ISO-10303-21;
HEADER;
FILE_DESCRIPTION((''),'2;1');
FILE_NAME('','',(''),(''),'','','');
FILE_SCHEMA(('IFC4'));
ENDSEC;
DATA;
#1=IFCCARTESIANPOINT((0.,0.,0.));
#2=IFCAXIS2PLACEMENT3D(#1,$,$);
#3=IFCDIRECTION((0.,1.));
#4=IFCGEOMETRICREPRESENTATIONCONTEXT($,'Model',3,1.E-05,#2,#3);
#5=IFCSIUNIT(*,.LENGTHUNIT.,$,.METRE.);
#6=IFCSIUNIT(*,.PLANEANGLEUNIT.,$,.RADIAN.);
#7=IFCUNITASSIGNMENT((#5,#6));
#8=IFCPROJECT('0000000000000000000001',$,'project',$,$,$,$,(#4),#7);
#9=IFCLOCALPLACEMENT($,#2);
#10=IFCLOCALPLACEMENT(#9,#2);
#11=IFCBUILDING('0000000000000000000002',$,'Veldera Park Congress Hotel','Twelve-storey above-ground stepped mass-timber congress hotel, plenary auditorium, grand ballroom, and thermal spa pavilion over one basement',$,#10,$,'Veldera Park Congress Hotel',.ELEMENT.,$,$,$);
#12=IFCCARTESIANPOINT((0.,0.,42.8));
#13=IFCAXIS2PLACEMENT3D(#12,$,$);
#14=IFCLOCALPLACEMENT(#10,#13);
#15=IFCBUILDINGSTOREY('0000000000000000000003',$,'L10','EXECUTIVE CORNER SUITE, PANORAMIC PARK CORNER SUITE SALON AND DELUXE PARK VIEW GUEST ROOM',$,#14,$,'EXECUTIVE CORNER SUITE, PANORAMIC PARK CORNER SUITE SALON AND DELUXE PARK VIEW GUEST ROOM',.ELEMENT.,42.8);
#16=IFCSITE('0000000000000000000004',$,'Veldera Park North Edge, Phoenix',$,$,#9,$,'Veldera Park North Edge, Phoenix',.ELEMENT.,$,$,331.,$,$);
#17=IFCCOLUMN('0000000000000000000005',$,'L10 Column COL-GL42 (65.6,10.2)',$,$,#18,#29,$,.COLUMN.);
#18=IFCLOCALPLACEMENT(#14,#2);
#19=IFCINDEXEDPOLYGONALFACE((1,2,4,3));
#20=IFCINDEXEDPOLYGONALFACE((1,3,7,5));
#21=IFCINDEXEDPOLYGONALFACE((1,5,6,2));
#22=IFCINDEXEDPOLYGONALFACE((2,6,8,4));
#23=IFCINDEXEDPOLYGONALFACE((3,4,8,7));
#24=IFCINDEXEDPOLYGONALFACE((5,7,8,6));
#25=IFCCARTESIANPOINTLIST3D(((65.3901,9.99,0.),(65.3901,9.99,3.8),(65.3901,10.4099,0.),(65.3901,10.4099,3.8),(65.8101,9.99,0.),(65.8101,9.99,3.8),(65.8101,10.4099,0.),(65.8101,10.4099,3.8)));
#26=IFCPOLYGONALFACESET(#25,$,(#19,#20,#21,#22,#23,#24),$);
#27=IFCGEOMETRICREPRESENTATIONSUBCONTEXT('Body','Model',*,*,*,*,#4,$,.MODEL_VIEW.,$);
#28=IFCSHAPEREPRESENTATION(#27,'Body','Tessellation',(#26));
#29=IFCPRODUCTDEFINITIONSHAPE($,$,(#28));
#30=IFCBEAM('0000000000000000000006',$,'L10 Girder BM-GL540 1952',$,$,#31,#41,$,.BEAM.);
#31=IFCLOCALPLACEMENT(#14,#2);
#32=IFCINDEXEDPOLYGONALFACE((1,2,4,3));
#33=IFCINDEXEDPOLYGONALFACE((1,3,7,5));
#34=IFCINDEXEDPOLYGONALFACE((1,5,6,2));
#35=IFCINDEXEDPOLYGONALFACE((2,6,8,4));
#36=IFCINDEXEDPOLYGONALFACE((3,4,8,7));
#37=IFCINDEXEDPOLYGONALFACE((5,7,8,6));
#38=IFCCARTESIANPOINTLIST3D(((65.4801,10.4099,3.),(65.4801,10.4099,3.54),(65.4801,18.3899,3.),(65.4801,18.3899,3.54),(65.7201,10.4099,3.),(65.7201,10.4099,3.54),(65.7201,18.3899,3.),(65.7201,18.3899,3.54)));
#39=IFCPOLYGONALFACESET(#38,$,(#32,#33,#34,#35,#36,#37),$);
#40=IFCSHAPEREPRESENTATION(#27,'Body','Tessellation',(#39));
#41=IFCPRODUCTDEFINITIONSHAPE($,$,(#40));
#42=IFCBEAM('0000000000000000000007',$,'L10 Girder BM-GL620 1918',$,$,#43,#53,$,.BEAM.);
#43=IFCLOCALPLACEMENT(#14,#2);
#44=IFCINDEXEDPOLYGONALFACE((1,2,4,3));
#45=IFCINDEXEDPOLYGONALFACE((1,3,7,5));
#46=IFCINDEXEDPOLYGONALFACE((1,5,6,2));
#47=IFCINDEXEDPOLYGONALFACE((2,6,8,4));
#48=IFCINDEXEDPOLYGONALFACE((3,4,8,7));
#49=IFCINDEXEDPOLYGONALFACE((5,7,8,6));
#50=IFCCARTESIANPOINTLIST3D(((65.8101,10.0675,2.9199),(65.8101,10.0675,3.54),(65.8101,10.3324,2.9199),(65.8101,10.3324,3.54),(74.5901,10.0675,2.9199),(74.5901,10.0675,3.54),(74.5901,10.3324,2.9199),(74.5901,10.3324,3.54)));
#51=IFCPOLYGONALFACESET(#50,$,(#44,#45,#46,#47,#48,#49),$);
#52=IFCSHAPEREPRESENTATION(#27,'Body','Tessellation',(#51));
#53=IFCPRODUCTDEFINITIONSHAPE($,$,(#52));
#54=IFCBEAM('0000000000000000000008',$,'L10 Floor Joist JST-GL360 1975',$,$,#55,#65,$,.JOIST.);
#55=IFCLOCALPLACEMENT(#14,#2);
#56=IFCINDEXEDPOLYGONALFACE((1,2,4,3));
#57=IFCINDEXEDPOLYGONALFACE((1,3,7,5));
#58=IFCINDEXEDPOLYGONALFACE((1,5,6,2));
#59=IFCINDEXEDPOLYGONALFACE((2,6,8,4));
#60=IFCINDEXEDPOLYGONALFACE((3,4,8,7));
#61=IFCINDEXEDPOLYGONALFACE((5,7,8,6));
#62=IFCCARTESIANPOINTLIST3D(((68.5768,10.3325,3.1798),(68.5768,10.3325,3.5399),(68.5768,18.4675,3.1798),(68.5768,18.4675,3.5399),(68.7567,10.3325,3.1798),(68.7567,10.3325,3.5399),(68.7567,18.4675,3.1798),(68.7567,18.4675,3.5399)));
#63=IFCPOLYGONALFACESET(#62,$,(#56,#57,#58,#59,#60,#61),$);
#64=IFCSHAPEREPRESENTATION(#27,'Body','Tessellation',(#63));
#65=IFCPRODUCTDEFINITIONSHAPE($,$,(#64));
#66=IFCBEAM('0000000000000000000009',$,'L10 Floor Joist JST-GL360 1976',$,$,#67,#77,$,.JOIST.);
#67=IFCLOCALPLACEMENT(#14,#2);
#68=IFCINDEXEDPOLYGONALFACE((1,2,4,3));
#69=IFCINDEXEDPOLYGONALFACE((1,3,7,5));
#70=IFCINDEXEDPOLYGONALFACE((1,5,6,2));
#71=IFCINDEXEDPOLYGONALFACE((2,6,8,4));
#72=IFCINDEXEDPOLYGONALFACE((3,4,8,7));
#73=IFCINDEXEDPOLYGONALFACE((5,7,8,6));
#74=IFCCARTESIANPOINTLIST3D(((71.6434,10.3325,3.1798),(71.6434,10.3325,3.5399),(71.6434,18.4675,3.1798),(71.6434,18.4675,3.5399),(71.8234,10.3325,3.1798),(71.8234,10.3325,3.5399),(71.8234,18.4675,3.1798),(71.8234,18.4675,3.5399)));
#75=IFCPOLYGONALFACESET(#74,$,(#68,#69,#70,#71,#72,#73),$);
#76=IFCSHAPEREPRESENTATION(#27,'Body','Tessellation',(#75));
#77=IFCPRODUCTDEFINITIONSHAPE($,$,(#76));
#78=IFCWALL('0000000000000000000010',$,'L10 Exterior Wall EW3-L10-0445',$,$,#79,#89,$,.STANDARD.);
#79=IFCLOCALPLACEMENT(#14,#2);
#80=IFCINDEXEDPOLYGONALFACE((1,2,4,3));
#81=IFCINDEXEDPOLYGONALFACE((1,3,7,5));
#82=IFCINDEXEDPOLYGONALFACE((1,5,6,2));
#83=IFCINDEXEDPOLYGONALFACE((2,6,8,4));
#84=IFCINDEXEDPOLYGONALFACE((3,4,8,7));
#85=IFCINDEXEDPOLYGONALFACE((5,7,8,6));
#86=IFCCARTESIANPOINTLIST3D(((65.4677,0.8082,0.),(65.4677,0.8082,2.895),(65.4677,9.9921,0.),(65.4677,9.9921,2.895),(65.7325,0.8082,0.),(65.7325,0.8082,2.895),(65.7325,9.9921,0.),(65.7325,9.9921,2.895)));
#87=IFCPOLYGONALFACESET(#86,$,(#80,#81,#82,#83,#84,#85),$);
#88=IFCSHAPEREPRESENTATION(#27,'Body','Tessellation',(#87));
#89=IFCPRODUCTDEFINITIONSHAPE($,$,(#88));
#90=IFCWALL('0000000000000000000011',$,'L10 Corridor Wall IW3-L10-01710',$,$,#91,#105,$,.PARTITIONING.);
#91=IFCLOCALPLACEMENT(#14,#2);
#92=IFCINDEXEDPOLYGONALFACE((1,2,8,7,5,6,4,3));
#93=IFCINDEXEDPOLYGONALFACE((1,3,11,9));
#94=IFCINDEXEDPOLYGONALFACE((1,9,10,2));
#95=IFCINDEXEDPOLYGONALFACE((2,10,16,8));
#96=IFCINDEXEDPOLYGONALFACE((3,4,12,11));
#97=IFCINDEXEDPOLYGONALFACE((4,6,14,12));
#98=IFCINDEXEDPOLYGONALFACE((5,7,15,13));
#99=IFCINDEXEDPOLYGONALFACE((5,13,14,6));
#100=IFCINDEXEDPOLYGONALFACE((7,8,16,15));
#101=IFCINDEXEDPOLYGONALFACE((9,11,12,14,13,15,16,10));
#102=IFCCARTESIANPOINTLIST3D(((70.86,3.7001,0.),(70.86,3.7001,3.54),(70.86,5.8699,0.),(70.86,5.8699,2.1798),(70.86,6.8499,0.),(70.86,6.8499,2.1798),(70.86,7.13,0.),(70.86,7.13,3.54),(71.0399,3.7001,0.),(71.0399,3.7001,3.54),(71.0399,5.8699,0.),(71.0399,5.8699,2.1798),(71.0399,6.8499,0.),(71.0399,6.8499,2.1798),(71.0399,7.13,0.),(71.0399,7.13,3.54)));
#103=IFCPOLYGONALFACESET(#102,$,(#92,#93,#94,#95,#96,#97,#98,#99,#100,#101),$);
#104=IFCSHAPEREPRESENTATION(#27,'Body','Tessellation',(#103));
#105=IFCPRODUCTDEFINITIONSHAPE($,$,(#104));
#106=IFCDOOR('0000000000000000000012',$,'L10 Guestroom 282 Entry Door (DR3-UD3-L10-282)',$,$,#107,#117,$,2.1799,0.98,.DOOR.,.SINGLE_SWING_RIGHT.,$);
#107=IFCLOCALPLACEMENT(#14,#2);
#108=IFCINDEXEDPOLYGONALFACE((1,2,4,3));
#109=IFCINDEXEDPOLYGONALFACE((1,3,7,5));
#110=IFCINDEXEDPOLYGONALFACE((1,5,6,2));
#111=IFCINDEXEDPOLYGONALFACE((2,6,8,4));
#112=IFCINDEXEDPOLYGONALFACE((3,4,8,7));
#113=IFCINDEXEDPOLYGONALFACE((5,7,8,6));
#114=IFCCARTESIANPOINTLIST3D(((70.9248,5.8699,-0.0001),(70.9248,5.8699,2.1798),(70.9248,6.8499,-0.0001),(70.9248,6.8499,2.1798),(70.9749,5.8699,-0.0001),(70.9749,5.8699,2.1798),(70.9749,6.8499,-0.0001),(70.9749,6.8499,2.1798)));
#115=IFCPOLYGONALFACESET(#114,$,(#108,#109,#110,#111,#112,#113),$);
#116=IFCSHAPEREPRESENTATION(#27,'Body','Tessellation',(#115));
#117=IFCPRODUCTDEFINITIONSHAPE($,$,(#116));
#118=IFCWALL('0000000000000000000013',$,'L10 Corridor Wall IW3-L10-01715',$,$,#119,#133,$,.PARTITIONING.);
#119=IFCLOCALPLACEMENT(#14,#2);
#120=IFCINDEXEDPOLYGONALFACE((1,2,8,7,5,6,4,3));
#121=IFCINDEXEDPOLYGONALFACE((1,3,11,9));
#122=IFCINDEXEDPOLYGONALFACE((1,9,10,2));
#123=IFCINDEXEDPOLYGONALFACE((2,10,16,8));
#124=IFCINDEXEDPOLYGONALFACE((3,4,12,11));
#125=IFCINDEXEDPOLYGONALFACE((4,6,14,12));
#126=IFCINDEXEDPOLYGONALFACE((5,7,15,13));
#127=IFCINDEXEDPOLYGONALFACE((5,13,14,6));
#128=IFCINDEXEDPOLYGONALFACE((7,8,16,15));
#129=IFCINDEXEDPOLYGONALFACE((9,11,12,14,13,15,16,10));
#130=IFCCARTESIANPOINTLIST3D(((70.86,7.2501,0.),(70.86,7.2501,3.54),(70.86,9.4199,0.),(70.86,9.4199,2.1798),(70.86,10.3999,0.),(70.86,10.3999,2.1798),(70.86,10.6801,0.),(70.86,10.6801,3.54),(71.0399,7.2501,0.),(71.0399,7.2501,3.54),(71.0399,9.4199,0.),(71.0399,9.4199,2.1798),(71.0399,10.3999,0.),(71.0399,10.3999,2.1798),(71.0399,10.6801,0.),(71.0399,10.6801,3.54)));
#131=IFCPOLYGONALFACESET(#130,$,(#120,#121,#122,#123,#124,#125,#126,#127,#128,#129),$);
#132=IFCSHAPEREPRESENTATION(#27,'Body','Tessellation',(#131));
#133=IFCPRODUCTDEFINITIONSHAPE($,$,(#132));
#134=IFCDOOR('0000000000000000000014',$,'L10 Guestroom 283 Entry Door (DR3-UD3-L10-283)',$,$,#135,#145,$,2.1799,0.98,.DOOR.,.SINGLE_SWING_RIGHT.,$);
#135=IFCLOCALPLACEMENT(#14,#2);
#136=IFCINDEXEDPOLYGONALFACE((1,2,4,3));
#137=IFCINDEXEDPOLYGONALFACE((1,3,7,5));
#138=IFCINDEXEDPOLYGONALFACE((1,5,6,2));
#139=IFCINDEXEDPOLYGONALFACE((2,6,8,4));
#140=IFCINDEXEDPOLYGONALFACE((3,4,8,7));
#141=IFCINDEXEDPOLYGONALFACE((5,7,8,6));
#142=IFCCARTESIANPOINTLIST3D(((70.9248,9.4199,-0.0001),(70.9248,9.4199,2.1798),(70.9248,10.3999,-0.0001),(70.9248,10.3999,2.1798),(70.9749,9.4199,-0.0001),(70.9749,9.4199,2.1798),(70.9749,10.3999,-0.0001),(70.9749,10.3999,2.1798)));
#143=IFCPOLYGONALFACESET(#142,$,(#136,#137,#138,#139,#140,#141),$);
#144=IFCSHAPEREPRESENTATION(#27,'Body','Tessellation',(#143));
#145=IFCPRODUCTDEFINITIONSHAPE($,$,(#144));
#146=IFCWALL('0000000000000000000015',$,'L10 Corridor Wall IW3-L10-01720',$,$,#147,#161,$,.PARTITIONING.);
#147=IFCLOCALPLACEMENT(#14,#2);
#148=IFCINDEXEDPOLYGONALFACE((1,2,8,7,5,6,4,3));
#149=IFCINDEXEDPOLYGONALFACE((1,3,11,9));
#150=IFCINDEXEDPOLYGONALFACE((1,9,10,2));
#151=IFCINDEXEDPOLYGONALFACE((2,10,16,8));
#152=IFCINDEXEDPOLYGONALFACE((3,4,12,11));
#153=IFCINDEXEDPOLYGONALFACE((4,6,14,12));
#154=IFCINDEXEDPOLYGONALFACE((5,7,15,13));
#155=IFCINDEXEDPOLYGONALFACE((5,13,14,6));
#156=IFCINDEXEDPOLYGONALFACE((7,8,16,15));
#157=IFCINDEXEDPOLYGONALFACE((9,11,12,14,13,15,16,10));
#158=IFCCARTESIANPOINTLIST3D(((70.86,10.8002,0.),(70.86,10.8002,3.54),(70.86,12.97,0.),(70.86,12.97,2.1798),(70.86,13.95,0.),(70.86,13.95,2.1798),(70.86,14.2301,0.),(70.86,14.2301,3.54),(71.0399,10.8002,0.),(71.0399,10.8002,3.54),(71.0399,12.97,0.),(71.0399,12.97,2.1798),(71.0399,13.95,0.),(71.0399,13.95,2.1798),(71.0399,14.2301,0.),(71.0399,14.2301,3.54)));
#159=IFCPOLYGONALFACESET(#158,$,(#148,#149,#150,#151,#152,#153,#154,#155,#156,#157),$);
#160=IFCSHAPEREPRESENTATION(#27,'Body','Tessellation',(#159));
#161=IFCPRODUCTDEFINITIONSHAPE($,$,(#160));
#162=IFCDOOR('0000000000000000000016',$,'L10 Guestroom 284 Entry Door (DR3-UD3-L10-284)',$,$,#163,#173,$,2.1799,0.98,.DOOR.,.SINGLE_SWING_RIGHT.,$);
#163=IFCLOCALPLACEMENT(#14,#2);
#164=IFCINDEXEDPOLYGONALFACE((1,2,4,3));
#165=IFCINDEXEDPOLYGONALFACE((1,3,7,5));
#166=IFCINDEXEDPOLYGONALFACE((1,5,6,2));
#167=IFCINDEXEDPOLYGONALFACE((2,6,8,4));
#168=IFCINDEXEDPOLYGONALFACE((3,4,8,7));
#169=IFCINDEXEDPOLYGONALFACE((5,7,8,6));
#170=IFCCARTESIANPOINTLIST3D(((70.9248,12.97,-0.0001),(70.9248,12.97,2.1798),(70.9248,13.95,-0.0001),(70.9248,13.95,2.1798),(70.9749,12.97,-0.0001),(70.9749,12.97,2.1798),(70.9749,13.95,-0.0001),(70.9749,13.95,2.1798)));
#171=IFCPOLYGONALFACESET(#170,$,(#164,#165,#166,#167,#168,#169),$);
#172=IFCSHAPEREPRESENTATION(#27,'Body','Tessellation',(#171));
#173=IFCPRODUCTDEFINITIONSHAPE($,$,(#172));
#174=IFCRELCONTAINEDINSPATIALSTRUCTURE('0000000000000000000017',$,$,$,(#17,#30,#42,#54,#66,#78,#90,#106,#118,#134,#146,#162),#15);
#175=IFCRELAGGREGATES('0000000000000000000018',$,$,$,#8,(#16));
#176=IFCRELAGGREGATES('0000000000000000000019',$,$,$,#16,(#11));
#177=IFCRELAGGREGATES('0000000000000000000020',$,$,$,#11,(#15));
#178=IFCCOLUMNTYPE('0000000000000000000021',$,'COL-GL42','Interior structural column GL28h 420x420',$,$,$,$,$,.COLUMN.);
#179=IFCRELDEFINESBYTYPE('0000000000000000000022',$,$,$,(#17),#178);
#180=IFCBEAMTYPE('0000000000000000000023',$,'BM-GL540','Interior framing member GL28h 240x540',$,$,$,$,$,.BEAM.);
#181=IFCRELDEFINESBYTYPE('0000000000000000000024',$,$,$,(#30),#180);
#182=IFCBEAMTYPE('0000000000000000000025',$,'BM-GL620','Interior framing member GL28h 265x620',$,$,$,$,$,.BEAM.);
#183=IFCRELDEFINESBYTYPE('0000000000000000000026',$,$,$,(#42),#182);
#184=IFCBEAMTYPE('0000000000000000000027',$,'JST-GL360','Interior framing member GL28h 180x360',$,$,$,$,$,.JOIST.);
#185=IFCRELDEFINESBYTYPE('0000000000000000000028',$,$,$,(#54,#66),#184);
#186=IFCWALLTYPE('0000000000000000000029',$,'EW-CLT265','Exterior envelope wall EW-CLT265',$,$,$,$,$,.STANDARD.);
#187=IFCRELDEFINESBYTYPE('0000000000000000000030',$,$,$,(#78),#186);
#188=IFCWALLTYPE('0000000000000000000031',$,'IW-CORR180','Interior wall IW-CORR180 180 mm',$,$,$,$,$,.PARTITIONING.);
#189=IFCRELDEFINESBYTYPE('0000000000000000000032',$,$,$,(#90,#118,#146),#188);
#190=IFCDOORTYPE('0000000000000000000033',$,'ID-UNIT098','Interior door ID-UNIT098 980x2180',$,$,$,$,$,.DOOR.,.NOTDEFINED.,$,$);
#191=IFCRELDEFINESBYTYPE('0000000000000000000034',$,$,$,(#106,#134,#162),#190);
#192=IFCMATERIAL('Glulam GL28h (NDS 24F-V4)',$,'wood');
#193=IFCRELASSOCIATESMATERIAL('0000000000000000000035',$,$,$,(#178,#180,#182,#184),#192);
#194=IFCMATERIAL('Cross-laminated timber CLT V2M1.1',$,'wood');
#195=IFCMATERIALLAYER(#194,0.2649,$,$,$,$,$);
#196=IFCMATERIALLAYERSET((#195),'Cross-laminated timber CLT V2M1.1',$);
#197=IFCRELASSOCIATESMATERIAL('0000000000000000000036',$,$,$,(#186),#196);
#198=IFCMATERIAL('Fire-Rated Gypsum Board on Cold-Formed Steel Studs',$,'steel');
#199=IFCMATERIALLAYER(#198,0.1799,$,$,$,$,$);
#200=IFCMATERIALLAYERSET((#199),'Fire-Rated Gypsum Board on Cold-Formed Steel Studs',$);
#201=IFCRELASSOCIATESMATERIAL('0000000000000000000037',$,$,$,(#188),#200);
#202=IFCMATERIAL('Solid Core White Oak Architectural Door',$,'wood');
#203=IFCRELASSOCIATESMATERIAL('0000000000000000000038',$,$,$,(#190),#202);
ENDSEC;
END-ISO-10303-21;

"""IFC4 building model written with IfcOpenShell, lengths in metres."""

from ifc_helpers import new_model, si_unit, direction, frame, frame_2d, origin, origin_2d, place, context, subcontext, project, spatial, rectangle, extrude, material, layer, layer_set, material_profile, profile_set, type_object, element, fill, save


model = new_model("IFC4")

# Units and contexts
model_context = context("Model", 3, precision=1e-05, world=origin(), true_north=direction((0.0, 1.0)))
body_context = subcontext(model_context, "Body", "Model", "MODEL_VIEW")
ifc_project = project(units=[si_unit("LENGTHUNIT", "METRE"), si_unit("PLANEANGLEUNIT", "RADIAN")], contexts=[model_context])

# Site, building, storey
site_placement = place(None, origin())
site = spatial("IfcSite", under=ifc_project, at=site_placement, Name="Veldera Park North Edge, Phoenix", LongName="Veldera Park North Edge, Phoenix", CompositionType="ELEMENT", RefElevation=331.0)
building_placement = place(site_placement, origin())
building = spatial("IfcBuilding", under=site, at=building_placement, Name="Veldera Park Congress Hotel", Description="Twelve-storey above-ground stepped mass-timber congress hotel, plenary auditorium, grand ballroom, and thermal spa pavilion over one basement", LongName="Veldera Park Congress Hotel", CompositionType="ELEMENT")
storey_placement = place(building_placement, frame((0.0, 0.0, 42.8)))
storey = spatial("IfcBuildingStorey", under=building, at=storey_placement, Name="L10", Description="EXECUTIVE CORNER SUITE, PANORAMIC PARK CORNER SUITE SALON AND DELUXE PARK VIEW GUEST ROOM", LongName="EXECUTIVE CORNER SUITE, PANORAMIC PARK CORNER SUITE SALON AND DELUXE PARK VIEW GUEST ROOM", CompositionType="ELEMENT", Elevation=42.8)

# Column
ifc_material_1 = material(Name="Glulam GL28h (NDS 24F-V4)", Category="wood")
ifc_material_profile_1 = material_profile(ifc_material_1, rectangle(XDim=0.4199, YDim=0.4199, at=origin_2d()), Name="GL28h 420x420")
ifc_profile_set_1 = profile_set([ifc_material_profile_1], Name="Glulam GL28h (NDS 24F-V4)")
column_type = type_object("IfcColumnType", Name="COL-GL42", Description="Interior structural column GL28h 420x420", PredefinedType="COLUMN", material=ifc_profile_set_1)
column_placement = place(storey_placement, frame((65.6001, 10.2, 0.0), z_axis=(0.0, 0.0, 1.0), x_axis=(1.0, 0.0, 0.0)))
element("IfcColumn", 1, at=column_placement, inside=storey, type_object=column_type, Name="L10 Column COL-GL42 (65.6,10.2)", PredefinedType="COLUMN", context=body_context, shape_type="SweptSolid", body=[
    extrude(rectangle(XDim=0.4199, YDim=0.4199, at=origin_2d()), origin(), (0.0, 0.0, 1.0), 3.8),
])

# Beams
ifc_material_profile_2 = material_profile(ifc_material_1, rectangle(XDim=0.24, YDim=0.54, at=origin_2d()), Name="GL28h 240x540")
ifc_profile_set_2 = profile_set([ifc_material_profile_2], Name="Glulam GL28h (NDS 24F-V4)")
beam_type_1 = type_object("IfcBeamType", Name="BM-GL540", Description="Interior framing member GL28h 240x540", PredefinedType="BEAM", material=ifc_profile_set_2)
beam_1_placement = place(storey_placement, frame((65.6001, 10.4099, 3.27), z_axis=(0.0, 1.0, 0.0), x_axis=(-1.0, 0.0, 0.0)))
element("IfcBeam", 2, at=beam_1_placement, inside=storey, type_object=beam_type_1, Name="L10 Girder BM-GL540 1952", PredefinedType="BEAM", context=body_context, shape_type="SweptSolid", body=[
    extrude(rectangle(XDim=0.24, YDim=0.54, at=origin_2d()), origin(), (0.0, 0.0, 1.0), 7.98),
])
ifc_material_profile_3 = material_profile(ifc_material_1, rectangle(XDim=0.2649, YDim=0.6201, at=origin_2d()), Name="GL28h 265x620")
ifc_profile_set_3 = profile_set([ifc_material_profile_3], Name="Glulam GL28h (NDS 24F-V4)")
beam_type_2 = type_object("IfcBeamType", Name="BM-GL620", Description="Interior framing member GL28h 265x620", PredefinedType="BEAM", material=ifc_profile_set_3)
beam_2_placement = place(storey_placement, frame((65.8101, 10.2, 3.23), z_axis=(1.0, 0.0, 0.0), x_axis=(0.0, 1.0, 0.0)))
element("IfcBeam", 3, at=beam_2_placement, inside=storey, type_object=beam_type_2, Name="L10 Girder BM-GL620 1918", PredefinedType="BEAM", context=body_context, shape_type="SweptSolid", body=[
    extrude(rectangle(XDim=0.2649, YDim=0.6201, at=origin_2d()), origin(), (0.0, 0.0, 1.0), 8.78),
])
ifc_material_profile_4 = material_profile(ifc_material_1, rectangle(XDim=0.1799, YDim=0.3601, at=origin_2d()), Name="GL28h 180x360")
ifc_profile_set_4 = profile_set([ifc_material_profile_4], Name="Glulam GL28h (NDS 24F-V4)")
beam_type_3 = type_object("IfcBeamType", Name="JST-GL360", Description="Interior framing member GL28h 180x360", PredefinedType="JOIST", material=ifc_profile_set_4)
for number, where, z_axis, x_axis, name in (
    (4, (68.6667, 10.3325, 3.3599), (0.0, 1.0, 0.0), (-1.0, 0.0, 0.0), "L10 Floor Joist JST-GL360 1975"),
    (5, (71.7334, 10.3325, 3.3599), (0.0, 1.0, 0.0), (-1.0, 0.0, 0.0), "L10 Floor Joist JST-GL360 1976"),
):
    element("IfcBeam", number, at=place(storey_placement, frame(where, z_axis=z_axis, x_axis=x_axis)), inside=storey, type_object=beam_type_3, Name=name, PredefinedType="JOIST", context=body_context, shape_type="SweptSolid", body=[
        extrude(rectangle(XDim=0.1799, YDim=0.3601, at=origin_2d()), origin(), (0.0, 0.0, 1.0), 8.135),
    ])

# Wall
ifc_material_2 = material(Name="Cross-laminated timber CLT V2M1.1", Category="wood")
ifc_layer_1 = layer(ifc_material_2, 0.2649)
ifc_layer_set_1 = layer_set([ifc_layer_1], Name="Cross-laminated timber CLT V2M1.1")
wall_type_1 = type_object("IfcWallType", Name="EW-CLT265", Description="Exterior envelope wall EW-CLT265", PredefinedType="STANDARD", material=ifc_layer_set_1)
wall_1_placement = place(storey_placement, frame((65.6001, 9.9919, 0.0), z_axis=(0.0, 0.0, 1.0), x_axis=(0.0, -1.0, 0.0)))
element("IfcWall", 6, at=wall_1_placement, inside=storey, type_object=wall_type_1, Name="L10 Exterior Wall EW3-L10-0445", PredefinedType="STANDARD", context=body_context, shape_type="SweptSolid", body=[
    extrude(rectangle(XDim=9.1838, YDim=0.2649, at=frame_2d((4.5918, 0.0))), origin(), (0.0, 0.0, 1.0), 2.895),
])

# Walls, openings, doors
ifc_material_3 = material(Name="Fire-Rated Gypsum Board on Cold-Formed Steel Studs", Category="steel")
ifc_layer_2 = layer(ifc_material_3, 0.1799)
ifc_layer_set_2 = layer_set([ifc_layer_2], Name="Fire-Rated Gypsum Board on Cold-Formed Steel Studs")
wall_type_2 = type_object("IfcWallType", Name="IW-CORR180", Description="Interior wall IW-CORR180 180 mm", PredefinedType="PARTITIONING", material=ifc_layer_set_2)
wall_2_placement = place(storey_placement, frame((70.95, 7.1299, 0.0), z_axis=(0.0, 0.0, 1.0), x_axis=(0.0, -1.0, 0.0)))
wall_2 = element("IfcWall", 7, at=wall_2_placement, inside=storey, type_object=wall_type_2, Name="L10 Corridor Wall IW3-L10-01710", PredefinedType="PARTITIONING", context=body_context, shape_type="SweptSolid", body=[
    extrude(rectangle(XDim=3.4299, YDim=0.1799, at=frame_2d((1.7148, 0.0))), origin(), (0.0, 0.0, 1.0), 3.54),
])
opening_1_placement = place(wall_2_placement, frame((0.28, 0.0, 0.0)))
opening_1 = element("IfcOpeningElement", 8, at=opening_1_placement, cuts=wall_2, PredefinedType="OPENING", context=body_context, shape_type="SweptSolid", body=[
    extrude(rectangle(XDim=0.98, YDim=2.1799, at=frame_2d((0.49, 1.0898))), frame((0.0, 0.1021, 0.0), z_axis=(0.0, -1.0, 0.0), x_axis=(1.0, 0.0, 0.0)), (0.0, 0.0, 1.0), 0.2039),
])
ifc_material_4 = material(Name="Solid Core White Oak Architectural Door", Category="wood")
door_type = type_object("IfcDoorType", Name="ID-UNIT098", Description="Interior door ID-UNIT098 980x2180", OperationType="NOTDEFINED", PredefinedType="DOOR", material=ifc_material_4)
door_1_placement = place(opening_1_placement, origin())
door_1 = element("IfcDoor", 9, at=door_1_placement, inside=storey, type_object=door_type, Name="L10 Guestroom 282 Entry Door (DR3-UD3-L10-282)", OperationType="SINGLE_SWING_RIGHT", OverallHeight=2.1799, OverallWidth=0.98, PredefinedType="DOOR", context=body_context, shape_type="SweptSolid", body=[
    extrude(rectangle(XDim=0.98, YDim=2.1799, at=frame_2d((0.49, 1.0898))), frame((0.0, 0.0249, 0.0), z_axis=(0.0, -1.0, 0.0), x_axis=(1.0, 0.0, 0.0)), (0.0, 0.0, 1.0), 0.05),
])
fill(opening_1, door_1)
wall_3_placement = place(storey_placement, frame((70.95, 10.6799, 0.0), z_axis=(0.0, 0.0, 1.0), x_axis=(0.0, -1.0, 0.0)))
wall_3 = element("IfcWall", 10, at=wall_3_placement, inside=storey, type_object=wall_type_2, Name="L10 Corridor Wall IW3-L10-01715", PredefinedType="PARTITIONING", context=body_context, shape_type="SweptSolid", body=[
    extrude(rectangle(XDim=3.4299, YDim=0.1799, at=frame_2d((1.7148, 0.0))), origin(), (0.0, 0.0, 1.0), 3.54),
])
opening_2_placement = place(wall_3_placement, frame((0.28, 0.0, 0.0)))
opening_2 = element("IfcOpeningElement", 11, at=opening_2_placement, cuts=wall_3, PredefinedType="OPENING", context=body_context, shape_type="SweptSolid", body=[
    extrude(rectangle(XDim=0.98, YDim=2.1799, at=frame_2d((0.49, 1.0898))), frame((0.0, 0.1021, 0.0), z_axis=(0.0, -1.0, 0.0), x_axis=(1.0, 0.0, 0.0)), (0.0, 0.0, 1.0), 0.2039),
])
door_2_placement = place(opening_2_placement, origin())
door_2 = element("IfcDoor", 12, at=door_2_placement, inside=storey, type_object=door_type, Name="L10 Guestroom 283 Entry Door (DR3-UD3-L10-283)", OperationType="SINGLE_SWING_RIGHT", OverallHeight=2.1799, OverallWidth=0.98, PredefinedType="DOOR", context=body_context, shape_type="SweptSolid", body=[
    extrude(rectangle(XDim=0.98, YDim=2.1799, at=frame_2d((0.49, 1.0898))), frame((0.0, 0.0249, 0.0), z_axis=(0.0, -1.0, 0.0), x_axis=(1.0, 0.0, 0.0)), (0.0, 0.0, 1.0), 0.05),
])
fill(opening_2, door_2)
wall_4_placement = place(storey_placement, frame((70.95, 14.23, 0.0), z_axis=(0.0, 0.0, 1.0), x_axis=(0.0, -1.0, 0.0)))
wall_4 = element("IfcWall", 13, at=wall_4_placement, inside=storey, type_object=wall_type_2, Name="L10 Corridor Wall IW3-L10-01720", PredefinedType="PARTITIONING", context=body_context, shape_type="SweptSolid", body=[
    extrude(rectangle(XDim=3.4299, YDim=0.1799, at=frame_2d((1.7148, 0.0))), origin(), (0.0, 0.0, 1.0), 3.54),
])
opening_3_placement = place(wall_4_placement, frame((0.28, 0.0, 0.0)))
opening_3 = element("IfcOpeningElement", 14, at=opening_3_placement, cuts=wall_4, PredefinedType="OPENING", context=body_context, shape_type="SweptSolid", body=[
    extrude(rectangle(XDim=0.98, YDim=2.1799, at=frame_2d((0.49, 1.0898))), frame((0.0, 0.1021, 0.0), z_axis=(0.0, -1.0, 0.0), x_axis=(1.0, 0.0, 0.0)), (0.0, 0.0, 1.0), 0.2039),
])
door_3_placement = place(opening_3_placement, origin())
door_3 = element("IfcDoor", 15, at=door_3_placement, inside=storey, type_object=door_type, Name="L10 Guestroom 284 Entry Door (DR3-UD3-L10-284)", OperationType="SINGLE_SWING_RIGHT", OverallHeight=2.1799, OverallWidth=0.98, PredefinedType="DOOR", context=body_context, shape_type="SweptSolid", body=[
    extrude(rectangle(XDim=0.98, YDim=2.1799, at=frame_2d((0.49, 1.0898))), frame((0.0, 0.0249, 0.0), z_axis=(0.0, -1.0, 0.0), x_axis=(1.0, 0.0, 0.0)), (0.0, 0.0, 1.0), 0.05),
])
fill(opening_3, door_3)

save(model, "model.ifc")
